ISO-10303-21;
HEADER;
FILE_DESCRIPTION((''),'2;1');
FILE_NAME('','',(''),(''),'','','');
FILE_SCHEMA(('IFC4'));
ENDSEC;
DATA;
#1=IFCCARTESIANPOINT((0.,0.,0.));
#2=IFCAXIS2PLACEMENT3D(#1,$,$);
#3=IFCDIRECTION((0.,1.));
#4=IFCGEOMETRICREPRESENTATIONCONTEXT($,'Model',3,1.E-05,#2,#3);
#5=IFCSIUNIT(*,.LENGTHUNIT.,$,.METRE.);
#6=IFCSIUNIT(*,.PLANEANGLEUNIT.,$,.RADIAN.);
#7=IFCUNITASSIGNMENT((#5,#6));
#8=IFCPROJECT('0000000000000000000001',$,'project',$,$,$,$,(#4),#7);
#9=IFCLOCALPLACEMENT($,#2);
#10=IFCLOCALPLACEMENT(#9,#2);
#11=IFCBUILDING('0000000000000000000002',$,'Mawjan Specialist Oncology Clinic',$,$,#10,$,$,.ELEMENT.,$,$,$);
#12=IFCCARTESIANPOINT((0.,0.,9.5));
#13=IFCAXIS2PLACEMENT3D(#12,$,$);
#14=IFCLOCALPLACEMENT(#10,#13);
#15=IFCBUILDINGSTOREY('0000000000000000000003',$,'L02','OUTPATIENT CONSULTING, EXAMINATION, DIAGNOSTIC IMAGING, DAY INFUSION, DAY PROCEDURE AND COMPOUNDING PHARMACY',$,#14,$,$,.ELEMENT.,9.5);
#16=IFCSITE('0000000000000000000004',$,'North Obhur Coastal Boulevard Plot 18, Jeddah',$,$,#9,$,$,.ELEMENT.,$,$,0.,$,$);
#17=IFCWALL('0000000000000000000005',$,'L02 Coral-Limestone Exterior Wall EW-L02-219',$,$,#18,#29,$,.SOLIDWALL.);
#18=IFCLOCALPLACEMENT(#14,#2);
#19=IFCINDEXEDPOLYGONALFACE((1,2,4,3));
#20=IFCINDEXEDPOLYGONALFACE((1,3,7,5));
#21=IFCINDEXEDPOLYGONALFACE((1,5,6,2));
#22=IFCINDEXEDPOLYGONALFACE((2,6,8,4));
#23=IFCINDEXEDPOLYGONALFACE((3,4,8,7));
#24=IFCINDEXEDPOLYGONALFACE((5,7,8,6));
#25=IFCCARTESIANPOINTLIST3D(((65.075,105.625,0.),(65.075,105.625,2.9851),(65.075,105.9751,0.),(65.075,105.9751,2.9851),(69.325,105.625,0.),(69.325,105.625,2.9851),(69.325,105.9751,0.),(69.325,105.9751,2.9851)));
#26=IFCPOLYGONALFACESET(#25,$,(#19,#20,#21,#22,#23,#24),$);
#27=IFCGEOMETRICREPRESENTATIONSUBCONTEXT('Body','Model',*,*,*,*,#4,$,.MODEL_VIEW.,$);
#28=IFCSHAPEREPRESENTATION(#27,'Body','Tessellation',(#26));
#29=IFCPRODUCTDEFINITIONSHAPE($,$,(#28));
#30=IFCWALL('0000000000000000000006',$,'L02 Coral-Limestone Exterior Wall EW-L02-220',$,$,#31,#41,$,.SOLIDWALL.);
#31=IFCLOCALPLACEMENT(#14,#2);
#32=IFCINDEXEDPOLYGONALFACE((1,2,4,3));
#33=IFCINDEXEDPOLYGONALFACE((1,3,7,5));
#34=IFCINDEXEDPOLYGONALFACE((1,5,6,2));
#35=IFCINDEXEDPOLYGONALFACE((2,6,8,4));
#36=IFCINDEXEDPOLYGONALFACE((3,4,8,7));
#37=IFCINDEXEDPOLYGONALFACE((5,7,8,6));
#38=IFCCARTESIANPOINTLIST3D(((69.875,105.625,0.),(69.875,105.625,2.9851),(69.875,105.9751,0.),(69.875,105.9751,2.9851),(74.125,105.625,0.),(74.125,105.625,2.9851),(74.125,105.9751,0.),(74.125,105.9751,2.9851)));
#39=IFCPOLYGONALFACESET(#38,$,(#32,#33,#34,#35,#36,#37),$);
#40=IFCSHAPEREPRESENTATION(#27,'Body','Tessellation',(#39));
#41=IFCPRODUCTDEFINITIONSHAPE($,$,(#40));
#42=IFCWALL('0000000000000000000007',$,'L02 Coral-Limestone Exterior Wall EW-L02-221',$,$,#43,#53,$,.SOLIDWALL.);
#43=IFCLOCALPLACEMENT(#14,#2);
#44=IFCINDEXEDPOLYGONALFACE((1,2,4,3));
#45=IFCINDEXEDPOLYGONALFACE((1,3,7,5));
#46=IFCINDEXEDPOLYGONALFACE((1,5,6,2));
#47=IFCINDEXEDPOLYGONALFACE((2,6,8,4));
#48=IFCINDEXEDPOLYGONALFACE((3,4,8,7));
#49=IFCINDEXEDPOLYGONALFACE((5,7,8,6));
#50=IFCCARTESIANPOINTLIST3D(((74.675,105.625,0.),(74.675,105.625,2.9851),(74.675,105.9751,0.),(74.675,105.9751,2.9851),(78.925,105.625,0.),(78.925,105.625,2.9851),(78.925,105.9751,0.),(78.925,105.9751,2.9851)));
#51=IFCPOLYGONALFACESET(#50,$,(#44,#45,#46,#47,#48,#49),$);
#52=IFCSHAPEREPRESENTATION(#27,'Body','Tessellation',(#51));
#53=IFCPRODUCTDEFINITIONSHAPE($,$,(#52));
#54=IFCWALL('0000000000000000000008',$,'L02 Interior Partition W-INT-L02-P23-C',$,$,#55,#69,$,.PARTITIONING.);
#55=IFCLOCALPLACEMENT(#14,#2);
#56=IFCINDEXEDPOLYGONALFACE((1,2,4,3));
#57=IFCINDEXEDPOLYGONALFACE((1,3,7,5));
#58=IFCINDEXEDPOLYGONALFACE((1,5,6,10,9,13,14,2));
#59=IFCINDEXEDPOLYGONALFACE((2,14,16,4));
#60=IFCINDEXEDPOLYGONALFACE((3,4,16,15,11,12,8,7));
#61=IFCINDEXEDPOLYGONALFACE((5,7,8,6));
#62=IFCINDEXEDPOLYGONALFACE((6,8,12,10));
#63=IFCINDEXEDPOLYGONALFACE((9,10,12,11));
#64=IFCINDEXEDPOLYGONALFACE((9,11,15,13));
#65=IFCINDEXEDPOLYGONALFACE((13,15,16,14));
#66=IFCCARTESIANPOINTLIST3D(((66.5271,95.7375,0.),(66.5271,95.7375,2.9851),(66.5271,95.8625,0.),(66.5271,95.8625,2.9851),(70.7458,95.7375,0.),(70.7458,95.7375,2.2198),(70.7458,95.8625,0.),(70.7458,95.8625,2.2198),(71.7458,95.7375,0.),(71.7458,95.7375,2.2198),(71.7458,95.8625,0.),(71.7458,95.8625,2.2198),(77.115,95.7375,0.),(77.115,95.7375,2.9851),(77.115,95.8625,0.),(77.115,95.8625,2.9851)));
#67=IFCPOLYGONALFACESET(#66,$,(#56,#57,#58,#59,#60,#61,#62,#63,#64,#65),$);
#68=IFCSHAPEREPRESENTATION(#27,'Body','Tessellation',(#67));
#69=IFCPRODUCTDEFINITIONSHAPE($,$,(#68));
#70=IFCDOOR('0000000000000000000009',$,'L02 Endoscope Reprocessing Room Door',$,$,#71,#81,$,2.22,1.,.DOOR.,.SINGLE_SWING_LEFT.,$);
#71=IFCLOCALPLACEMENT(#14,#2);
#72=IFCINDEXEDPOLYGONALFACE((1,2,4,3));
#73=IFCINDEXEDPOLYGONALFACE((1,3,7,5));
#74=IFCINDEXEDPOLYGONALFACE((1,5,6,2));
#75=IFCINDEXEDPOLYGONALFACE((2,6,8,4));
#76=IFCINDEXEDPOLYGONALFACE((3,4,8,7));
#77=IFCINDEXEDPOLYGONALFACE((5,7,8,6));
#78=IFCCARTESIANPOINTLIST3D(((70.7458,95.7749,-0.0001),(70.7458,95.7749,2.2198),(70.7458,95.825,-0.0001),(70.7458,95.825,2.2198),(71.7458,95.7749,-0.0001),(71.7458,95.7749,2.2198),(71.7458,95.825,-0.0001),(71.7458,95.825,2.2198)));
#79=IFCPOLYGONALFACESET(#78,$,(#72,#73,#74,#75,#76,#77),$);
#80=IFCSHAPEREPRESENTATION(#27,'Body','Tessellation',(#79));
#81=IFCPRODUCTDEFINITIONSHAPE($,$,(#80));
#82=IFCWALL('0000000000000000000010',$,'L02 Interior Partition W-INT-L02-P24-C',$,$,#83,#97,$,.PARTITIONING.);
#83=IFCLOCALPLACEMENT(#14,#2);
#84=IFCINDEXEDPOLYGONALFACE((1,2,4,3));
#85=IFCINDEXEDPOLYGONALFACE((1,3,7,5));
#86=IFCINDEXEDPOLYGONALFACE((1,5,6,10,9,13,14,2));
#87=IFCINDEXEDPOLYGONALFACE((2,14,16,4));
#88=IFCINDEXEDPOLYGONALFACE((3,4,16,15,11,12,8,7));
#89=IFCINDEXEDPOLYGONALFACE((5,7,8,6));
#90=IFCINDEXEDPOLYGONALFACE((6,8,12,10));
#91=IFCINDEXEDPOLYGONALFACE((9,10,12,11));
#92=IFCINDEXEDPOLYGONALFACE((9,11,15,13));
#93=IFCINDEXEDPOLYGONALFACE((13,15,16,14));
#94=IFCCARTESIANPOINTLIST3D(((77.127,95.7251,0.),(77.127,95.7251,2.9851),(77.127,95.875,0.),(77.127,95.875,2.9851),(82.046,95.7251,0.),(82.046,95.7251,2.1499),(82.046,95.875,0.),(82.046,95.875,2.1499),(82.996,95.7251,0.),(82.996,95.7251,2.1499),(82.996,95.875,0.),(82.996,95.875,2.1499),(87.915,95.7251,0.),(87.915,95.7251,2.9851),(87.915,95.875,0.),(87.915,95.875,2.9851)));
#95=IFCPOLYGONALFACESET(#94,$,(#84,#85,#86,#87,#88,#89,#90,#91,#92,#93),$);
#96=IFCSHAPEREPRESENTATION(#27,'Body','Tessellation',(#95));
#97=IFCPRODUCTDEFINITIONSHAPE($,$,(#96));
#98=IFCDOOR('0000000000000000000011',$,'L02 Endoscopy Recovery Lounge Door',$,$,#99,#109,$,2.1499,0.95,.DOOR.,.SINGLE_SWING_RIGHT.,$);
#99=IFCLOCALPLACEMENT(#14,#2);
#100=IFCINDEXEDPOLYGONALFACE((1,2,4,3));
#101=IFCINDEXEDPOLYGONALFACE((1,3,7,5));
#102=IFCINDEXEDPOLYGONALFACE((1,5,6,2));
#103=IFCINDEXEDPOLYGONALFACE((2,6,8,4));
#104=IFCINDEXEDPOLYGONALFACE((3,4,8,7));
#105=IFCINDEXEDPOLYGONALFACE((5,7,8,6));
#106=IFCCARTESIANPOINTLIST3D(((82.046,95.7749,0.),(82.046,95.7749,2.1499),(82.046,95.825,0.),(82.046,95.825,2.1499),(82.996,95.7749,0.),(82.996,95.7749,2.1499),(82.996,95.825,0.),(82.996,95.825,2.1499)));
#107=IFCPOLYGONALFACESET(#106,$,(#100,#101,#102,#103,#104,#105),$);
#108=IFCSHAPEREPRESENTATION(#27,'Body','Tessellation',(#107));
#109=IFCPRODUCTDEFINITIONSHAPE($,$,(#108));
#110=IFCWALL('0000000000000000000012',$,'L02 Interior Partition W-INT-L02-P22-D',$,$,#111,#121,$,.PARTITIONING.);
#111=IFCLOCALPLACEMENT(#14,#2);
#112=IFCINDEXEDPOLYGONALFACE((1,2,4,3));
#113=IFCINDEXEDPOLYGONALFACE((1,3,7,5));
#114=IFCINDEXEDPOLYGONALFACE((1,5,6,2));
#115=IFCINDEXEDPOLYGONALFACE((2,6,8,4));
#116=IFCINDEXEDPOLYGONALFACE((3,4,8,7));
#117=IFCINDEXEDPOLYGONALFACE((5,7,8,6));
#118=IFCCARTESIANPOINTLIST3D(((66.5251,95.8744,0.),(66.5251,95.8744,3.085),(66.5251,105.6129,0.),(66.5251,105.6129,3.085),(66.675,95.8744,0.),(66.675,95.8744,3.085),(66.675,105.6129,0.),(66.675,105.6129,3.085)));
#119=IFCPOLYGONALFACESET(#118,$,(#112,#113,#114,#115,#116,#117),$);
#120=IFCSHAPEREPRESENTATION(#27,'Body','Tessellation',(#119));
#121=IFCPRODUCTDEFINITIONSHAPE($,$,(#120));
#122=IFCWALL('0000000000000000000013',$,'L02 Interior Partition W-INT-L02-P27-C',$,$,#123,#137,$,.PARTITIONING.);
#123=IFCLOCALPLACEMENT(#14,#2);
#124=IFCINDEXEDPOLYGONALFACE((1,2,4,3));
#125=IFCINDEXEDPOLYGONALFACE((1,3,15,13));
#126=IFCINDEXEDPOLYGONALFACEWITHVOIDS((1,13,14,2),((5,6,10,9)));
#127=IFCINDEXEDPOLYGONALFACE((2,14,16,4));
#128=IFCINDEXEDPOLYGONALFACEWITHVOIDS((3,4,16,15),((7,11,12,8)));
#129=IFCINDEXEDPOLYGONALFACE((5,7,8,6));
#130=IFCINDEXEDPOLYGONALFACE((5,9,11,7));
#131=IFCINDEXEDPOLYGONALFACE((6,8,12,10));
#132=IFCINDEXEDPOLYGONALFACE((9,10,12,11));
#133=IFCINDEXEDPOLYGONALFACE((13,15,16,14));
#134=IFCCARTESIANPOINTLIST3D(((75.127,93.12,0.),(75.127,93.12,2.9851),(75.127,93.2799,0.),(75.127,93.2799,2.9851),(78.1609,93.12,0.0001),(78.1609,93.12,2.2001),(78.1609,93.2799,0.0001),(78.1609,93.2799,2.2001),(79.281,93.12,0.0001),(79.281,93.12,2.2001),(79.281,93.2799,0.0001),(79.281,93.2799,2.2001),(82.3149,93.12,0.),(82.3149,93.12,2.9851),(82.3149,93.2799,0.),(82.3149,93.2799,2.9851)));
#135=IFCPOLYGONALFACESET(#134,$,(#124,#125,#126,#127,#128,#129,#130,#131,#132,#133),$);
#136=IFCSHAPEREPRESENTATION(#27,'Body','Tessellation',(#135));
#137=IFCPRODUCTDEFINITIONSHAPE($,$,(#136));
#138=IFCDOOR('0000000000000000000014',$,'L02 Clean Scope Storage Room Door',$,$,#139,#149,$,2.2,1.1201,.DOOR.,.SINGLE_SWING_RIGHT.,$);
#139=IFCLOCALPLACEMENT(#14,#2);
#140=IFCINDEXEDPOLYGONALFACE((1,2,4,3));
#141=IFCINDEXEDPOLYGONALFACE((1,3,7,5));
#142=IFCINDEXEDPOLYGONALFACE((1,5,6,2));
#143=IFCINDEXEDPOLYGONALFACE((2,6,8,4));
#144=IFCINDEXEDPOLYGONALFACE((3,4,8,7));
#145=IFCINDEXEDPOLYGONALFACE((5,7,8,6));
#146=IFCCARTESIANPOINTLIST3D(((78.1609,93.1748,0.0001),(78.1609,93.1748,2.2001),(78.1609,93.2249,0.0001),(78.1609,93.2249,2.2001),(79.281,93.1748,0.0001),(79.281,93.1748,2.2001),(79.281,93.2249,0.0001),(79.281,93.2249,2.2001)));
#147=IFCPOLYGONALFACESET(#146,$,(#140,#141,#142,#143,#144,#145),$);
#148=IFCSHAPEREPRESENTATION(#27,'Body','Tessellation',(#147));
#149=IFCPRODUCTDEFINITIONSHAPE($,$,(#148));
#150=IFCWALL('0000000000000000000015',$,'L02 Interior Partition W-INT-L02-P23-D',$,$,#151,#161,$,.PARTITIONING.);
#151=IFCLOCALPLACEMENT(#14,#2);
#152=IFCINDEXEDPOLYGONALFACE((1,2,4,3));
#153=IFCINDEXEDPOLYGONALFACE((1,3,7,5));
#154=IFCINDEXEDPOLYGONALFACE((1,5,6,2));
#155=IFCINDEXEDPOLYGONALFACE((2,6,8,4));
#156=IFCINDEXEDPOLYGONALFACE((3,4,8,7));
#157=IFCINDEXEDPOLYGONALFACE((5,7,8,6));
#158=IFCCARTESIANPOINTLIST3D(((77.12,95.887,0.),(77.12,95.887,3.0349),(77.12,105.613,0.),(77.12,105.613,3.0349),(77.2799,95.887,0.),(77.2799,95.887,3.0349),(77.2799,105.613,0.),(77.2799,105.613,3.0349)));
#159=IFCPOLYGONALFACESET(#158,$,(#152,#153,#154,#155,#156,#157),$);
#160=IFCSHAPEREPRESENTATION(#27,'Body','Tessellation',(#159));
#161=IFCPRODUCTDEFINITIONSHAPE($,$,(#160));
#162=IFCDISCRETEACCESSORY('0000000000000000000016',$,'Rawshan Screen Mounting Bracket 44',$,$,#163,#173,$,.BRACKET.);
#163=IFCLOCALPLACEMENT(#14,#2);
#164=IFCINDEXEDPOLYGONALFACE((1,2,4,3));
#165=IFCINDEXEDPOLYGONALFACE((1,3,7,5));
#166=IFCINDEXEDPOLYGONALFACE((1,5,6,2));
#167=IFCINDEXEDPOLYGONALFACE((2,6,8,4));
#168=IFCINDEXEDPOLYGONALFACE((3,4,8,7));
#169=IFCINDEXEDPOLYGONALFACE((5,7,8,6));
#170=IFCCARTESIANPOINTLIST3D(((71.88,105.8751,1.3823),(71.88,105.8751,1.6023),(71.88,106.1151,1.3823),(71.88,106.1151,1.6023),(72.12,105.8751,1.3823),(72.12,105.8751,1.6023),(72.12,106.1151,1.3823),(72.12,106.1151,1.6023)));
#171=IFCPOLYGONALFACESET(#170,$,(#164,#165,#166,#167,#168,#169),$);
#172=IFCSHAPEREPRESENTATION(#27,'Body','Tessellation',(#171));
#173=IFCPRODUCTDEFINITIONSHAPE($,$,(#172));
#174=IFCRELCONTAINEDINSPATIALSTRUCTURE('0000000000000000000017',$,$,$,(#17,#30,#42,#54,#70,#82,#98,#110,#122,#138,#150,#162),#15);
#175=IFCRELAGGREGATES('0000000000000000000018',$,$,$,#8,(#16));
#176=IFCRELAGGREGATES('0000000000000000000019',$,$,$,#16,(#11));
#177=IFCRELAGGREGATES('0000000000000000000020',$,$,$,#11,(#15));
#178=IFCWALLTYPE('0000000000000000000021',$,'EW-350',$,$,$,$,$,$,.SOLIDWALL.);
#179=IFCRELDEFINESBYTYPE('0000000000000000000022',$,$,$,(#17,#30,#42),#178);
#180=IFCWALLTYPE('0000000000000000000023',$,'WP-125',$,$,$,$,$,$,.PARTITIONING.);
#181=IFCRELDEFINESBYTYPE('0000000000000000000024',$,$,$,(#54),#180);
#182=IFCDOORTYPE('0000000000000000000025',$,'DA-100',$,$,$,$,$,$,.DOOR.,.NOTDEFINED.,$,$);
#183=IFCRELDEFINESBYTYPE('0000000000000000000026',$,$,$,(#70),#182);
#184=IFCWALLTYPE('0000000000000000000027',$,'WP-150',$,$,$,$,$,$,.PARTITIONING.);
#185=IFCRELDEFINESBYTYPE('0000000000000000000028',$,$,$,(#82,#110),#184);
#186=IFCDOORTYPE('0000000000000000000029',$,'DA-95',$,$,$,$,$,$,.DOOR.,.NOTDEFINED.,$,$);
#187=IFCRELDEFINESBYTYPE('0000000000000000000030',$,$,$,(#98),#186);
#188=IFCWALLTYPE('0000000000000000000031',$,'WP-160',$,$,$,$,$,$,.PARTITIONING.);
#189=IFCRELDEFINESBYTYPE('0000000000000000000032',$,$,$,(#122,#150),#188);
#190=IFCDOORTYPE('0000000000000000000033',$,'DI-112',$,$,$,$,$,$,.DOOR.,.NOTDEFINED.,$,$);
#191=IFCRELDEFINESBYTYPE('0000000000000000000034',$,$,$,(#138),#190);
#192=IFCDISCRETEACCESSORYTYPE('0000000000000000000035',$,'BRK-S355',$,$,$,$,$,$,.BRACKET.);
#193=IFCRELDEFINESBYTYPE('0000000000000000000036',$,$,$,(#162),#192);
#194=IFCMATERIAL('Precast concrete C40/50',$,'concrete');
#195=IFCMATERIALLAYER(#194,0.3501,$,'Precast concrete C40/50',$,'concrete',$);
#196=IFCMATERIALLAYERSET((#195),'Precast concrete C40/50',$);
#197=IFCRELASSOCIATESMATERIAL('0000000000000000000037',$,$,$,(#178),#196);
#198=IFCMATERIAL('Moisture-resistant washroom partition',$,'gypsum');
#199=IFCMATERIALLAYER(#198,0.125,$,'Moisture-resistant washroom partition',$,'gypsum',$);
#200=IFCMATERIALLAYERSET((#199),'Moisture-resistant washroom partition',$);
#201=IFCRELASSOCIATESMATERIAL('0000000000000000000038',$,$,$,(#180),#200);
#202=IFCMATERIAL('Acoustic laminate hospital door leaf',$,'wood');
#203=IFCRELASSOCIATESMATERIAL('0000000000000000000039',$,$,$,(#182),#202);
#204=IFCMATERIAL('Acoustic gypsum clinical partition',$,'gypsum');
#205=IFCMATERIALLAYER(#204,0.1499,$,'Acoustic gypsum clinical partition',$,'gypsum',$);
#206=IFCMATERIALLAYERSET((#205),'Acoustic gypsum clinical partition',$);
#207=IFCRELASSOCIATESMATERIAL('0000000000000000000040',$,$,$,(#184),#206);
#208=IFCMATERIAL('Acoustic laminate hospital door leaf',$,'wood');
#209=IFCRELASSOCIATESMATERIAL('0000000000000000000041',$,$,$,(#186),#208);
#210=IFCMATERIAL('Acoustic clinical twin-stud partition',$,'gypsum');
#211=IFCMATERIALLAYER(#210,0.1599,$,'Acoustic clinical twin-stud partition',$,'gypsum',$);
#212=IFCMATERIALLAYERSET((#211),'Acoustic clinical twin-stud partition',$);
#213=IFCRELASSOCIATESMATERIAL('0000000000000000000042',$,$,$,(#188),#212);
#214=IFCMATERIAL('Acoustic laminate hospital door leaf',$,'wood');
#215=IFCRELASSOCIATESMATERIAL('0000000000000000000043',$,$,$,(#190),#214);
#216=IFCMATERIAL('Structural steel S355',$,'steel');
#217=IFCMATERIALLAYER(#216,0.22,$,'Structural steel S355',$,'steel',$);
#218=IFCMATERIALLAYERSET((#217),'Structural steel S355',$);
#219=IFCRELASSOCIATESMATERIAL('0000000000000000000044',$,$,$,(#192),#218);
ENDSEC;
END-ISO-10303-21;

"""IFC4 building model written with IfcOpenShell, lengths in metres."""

from ifc_helpers import new_model, si_unit, direction, frame, frame_2d, origin, origin_2d, place, context, subcontext, project, spatial, rectangle, extrude, material, layer, layer_set, type_object, element, fill, save


model = new_model("IFC4")

# Units and contexts
model_context = context("Model", 3, precision=1e-05, world=origin(), true_north=direction((0.0, 1.0)))
body_context = subcontext(model_context, "Body", "Model", "MODEL_VIEW")
ifc_project = project(units=[si_unit("LENGTHUNIT", "METRE"), si_unit("PLANEANGLEUNIT", "RADIAN")], contexts=[model_context])

# Site, building, storey
site_placement = place(None, origin())
site = spatial("IfcSite", under=ifc_project, at=site_placement, Name="North Obhur Coastal Boulevard Plot 18, Jeddah", CompositionType="ELEMENT", RefElevation=0.0)
building_placement = place(site_placement, origin())
building = spatial("IfcBuilding", under=site, at=building_placement, Name="Mawjan Specialist Oncology Clinic", CompositionType="ELEMENT")
storey_placement = place(building_placement, frame((0.0, 0.0, 9.5)))
storey = spatial("IfcBuildingStorey", under=building, at=storey_placement, Name="L02", Description="OUTPATIENT CONSULTING, EXAMINATION, DIAGNOSTIC IMAGING, DAY INFUSION, DAY PROCEDURE AND COMPOUNDING PHARMACY", CompositionType="ELEMENT", Elevation=9.5)

# Walls
ifc_material_1 = material(Name="Precast concrete C40/50", Category="concrete")
ifc_layer_1 = layer(ifc_material_1, 0.3501, Name="Precast concrete C40/50", Category="concrete")
ifc_layer_set_1 = layer_set([ifc_layer_1], Name="Precast concrete C40/50")
wall_type_1 = type_object("IfcWallType", Name="EW-350", PredefinedType="SOLIDWALL", material=ifc_layer_set_1)
for number, where, z_axis, x_axis, name in (
    (1, (65.075, 105.8, 0.0), (0.0, 0.0, 1.0), (1.0, 0.0, 0.0), "L02 Coral-Limestone Exterior Wall EW-L02-219"),
    (2, (69.875, 105.8, 0.0), (0.0, 0.0, 1.0), (1.0, 0.0, 0.0), "L02 Coral-Limestone Exterior Wall EW-L02-220"),
    (3, (74.675, 105.8, 0.0), (0.0, 0.0, 1.0), (1.0, 0.0, 0.0), "L02 Coral-Limestone Exterior Wall EW-L02-221"),
):
    element("IfcWall", number, at=place(storey_placement, frame(where, z_axis=z_axis, x_axis=x_axis)), inside=storey, type_object=wall_type_1, Name=name, PredefinedType="SOLIDWALL", context=body_context, shape_type="SweptSolid", body=[
        extrude(rectangle(XDim=4.25, YDim=0.3501, at=frame_2d((2.125, 0.0))), origin(), (0.0, 0.0, 1.0), 2.9851),
    ])

# Walls, openings, doors
ifc_material_2 = material(Name="Moisture-resistant washroom partition", Category="gypsum")
ifc_layer_2 = layer(ifc_material_2, 0.125, Name="Moisture-resistant washroom partition", Category="gypsum")
ifc_layer_set_2 = layer_set([ifc_layer_2], Name="Moisture-resistant washroom partition")
wall_type_2 = type_object("IfcWallType", Name="WP-125", PredefinedType="PARTITIONING", material=ifc_layer_set_2)
wall_1_placement = place(storey_placement, frame((66.5271, 95.8, 0.0), z_axis=(0.0, 0.0, 1.0), x_axis=(1.0, 0.0, 0.0)))
wall_1 = element("IfcWall", 4, at=wall_1_placement, inside=storey, type_object=wall_type_2, Name="L02 Interior Partition W-INT-L02-P23-C", PredefinedType="PARTITIONING", context=body_context, shape_type="SweptSolid", body=[
    extrude(rectangle(XDim=10.5879, YDim=0.125, at=frame_2d((5.2939, 0.0))), origin(), (0.0, 0.0, 1.0), 2.9851),
])
opening_1_placement = place(wall_1_placement, frame((4.2188, 0.0, 0.0)))
opening_1 = element("IfcOpeningElement", 5, at=opening_1_placement, cuts=wall_1, PredefinedType="OPENING", context=body_context, shape_type="SweptSolid", body=[
    extrude(rectangle(XDim=1.0, YDim=2.22, at=frame_2d((0.5, 1.1099))), frame((0.0, 0.0745, 0.0), z_axis=(0.0, -1.0, 0.0), x_axis=(1.0, 0.0, 0.0)), (0.0, 0.0, 1.0), 0.1489),
])
ifc_material_3 = material(Name="Acoustic laminate hospital door leaf", Category="wood")
door_type_1 = type_object("IfcDoorType", Name="DA-100", OperationType="NOTDEFINED", PredefinedType="DOOR", material=ifc_material_3)
door_1_placement = place(opening_1_placement, origin())
door_1 = element("IfcDoor", 6, at=door_1_placement, inside=storey, type_object=door_type_1, Name="L02 Endoscope Reprocessing Room Door", OperationType="SINGLE_SWING_LEFT", OverallHeight=2.22, OverallWidth=1.0, PredefinedType="DOOR", context=body_context, shape_type="SweptSolid", body=[
    extrude(rectangle(XDim=1.0, YDim=2.22, at=frame_2d((0.5, 1.1099))), frame((0.0, 0.0249, 0.0), z_axis=(0.0, -1.0, 0.0), x_axis=(1.0, 0.0, 0.0)), (0.0, 0.0, 1.0), 0.05),
])
fill(opening_1, door_1)
ifc_material_4 = material(Name="Acoustic gypsum clinical partition", Category="gypsum")
ifc_layer_3 = layer(ifc_material_4, 0.1499, Name="Acoustic gypsum clinical partition", Category="gypsum")
ifc_layer_set_3 = layer_set([ifc_layer_3], Name="Acoustic gypsum clinical partition")
wall_type_3 = type_object("IfcWallType", Name="WP-150", PredefinedType="PARTITIONING", material=ifc_layer_set_3)
wall_2_placement = place(storey_placement, frame((77.127, 95.8, 0.0), z_axis=(0.0, 0.0, 1.0), x_axis=(1.0, 0.0, 0.0)))
wall_2 = element("IfcWall", 7, at=wall_2_placement, inside=storey, type_object=wall_type_3, Name="L02 Interior Partition W-INT-L02-P24-C", PredefinedType="PARTITIONING", context=body_context, shape_type="SweptSolid", body=[
    extrude(rectangle(XDim=10.7881, YDim=0.1499, at=frame_2d((5.394, 0.0))), origin(), (0.0, 0.0, 1.0), 2.9851),
])
opening_2_placement = place(wall_2_placement, frame((4.9189, 0.0, 0.0)))
opening_2 = element("IfcOpeningElement", 8, at=opening_2_placement, cuts=wall_2, PredefinedType="OPENING", context=body_context, shape_type="SweptSolid", body=[
    extrude(rectangle(XDim=0.95, YDim=2.1499, at=frame_2d((0.4751, 1.075))), frame((0.0, 0.0869, 0.0), z_axis=(0.0, -1.0, 0.0), x_axis=(1.0, 0.0, 0.0)), (0.0, 0.0, 1.0), 0.1738),
])
ifc_material_5 = material(Name="Acoustic laminate hospital door leaf", Category="wood")
door_type_2 = type_object("IfcDoorType", Name="DA-95", OperationType="NOTDEFINED", PredefinedType="DOOR", material=ifc_material_5)
door_2_placement = place(opening_2_placement, origin())
door_2 = element("IfcDoor", 9, at=door_2_placement, inside=storey, type_object=door_type_2, Name="L02 Endoscopy Recovery Lounge Door", OperationType="SINGLE_SWING_RIGHT", OverallHeight=2.1499, OverallWidth=0.95, PredefinedType="DOOR", context=body_context, shape_type="SweptSolid", body=[
    extrude(rectangle(XDim=0.95, YDim=2.1499, at=frame_2d((0.4751, 1.075))), frame((0.0, 0.0249, 0.0), z_axis=(0.0, -1.0, 0.0), x_axis=(1.0, 0.0, 0.0)), (0.0, 0.0, 1.0), 0.05),
])
fill(opening_2, door_2)

# Wall
wall_3_placement = place(storey_placement, frame((66.6001, 95.8745, 0.0), z_axis=(0.0, 0.0, 1.0), x_axis=(0.0, 1.0, 0.0)))
element("IfcWall", 10, at=wall_3_placement, inside=storey, type_object=wall_type_3, Name="L02 Interior Partition W-INT-L02-P22-D", PredefinedType="PARTITIONING", context=body_context, shape_type="SweptSolid", body=[
    extrude(rectangle(XDim=9.7385, YDim=0.1499, at=frame_2d((4.8691, 0.0))), origin(), (0.0, 0.0, 1.0), 3.085),
])

# Wall, opening, door
ifc_material_6 = material(Name="Acoustic clinical twin-stud partition", Category="gypsum")
ifc_layer_4 = layer(ifc_material_6, 0.1599, Name="Acoustic clinical twin-stud partition", Category="gypsum")
ifc_layer_set_4 = layer_set([ifc_layer_4], Name="Acoustic clinical twin-stud partition")
wall_type_4 = type_object("IfcWallType", Name="WP-160", PredefinedType="PARTITIONING", material=ifc_layer_set_4)
wall_4_placement = place(storey_placement, frame((75.127, 93.2, 0.0), z_axis=(0.0, 0.0, 1.0), x_axis=(1.0, 0.0, 0.0)))
wall_4 = element("IfcWall", 11, at=wall_4_placement, inside=storey, type_object=wall_type_4, Name="L02 Interior Partition W-INT-L02-P27-C", PredefinedType="PARTITIONING", context=body_context, shape_type="SweptSolid", body=[
    extrude(rectangle(XDim=7.188, YDim=0.1599, at=frame_2d((3.594, 0.0))), origin(), (0.0, 0.0, 1.0), 2.9851),
])
opening_3_placement = place(wall_4_placement, frame((3.0339, 0.0, 0.0)))
opening_3 = element("IfcOpeningElement", 12, at=opening_3_placement, cuts=wall_4, PredefinedType="OPENING", context=body_context, shape_type="SweptSolid", body=[
    extrude(rectangle(XDim=1.1201, YDim=2.2, at=frame_2d((0.5601, 1.1001))), frame((0.0, 0.092, 0.0), z_axis=(0.0, -1.0, 0.0), x_axis=(1.0, 0.0, 0.0)), (0.0, 0.0, 1.0), 0.1838),
])
ifc_material_7 = material(Name="Acoustic laminate hospital door leaf", Category="wood")
door_type_3 = type_object("IfcDoorType", Name="DI-112", OperationType="NOTDEFINED", PredefinedType="DOOR", material=ifc_material_7)
door_3_placement = place(opening_3_placement, origin())
door_3 = element("IfcDoor", 13, at=door_3_placement, inside=storey, type_object=door_type_3, Name="L02 Clean Scope Storage Room Door", OperationType="SINGLE_SWING_RIGHT", OverallHeight=2.2, OverallWidth=1.1201, PredefinedType="DOOR", context=body_context, shape_type="SweptSolid", body=[
    extrude(rectangle(XDim=1.1201, YDim=2.2, at=frame_2d((0.5601, 1.1001))), frame((0.0, 0.0249, 0.0), z_axis=(0.0, -1.0, 0.0), x_axis=(1.0, 0.0, 0.0)), (0.0, 0.0, 1.0), 0.05),
])
fill(opening_3, door_3)

# Wall
wall_5_placement = place(storey_placement, frame((77.2, 95.887, 0.0), z_axis=(0.0, 0.0, 1.0), x_axis=(0.0, 1.0, 0.0)))
element("IfcWall", 14, at=wall_5_placement, inside=storey, type_object=wall_type_4, Name="L02 Interior Partition W-INT-L02-P23-D", PredefinedType="PARTITIONING", context=body_context, shape_type="SweptSolid", body=[
    extrude(rectangle(XDim=9.7261, YDim=0.1599, at=frame_2d((4.863, 0.0))), origin(), (0.0, 0.0, 1.0), 3.0349),
])

# Discrete accessory
ifc_material_8 = material(Name="Structural steel S355", Category="steel")
ifc_layer_5 = layer(ifc_material_8, 0.22, Name="Structural steel S355", Category="steel")
ifc_layer_set_5 = layer_set([ifc_layer_5], Name="Structural steel S355")
discrete_accessory_type = type_object("IfcDiscreteAccessoryType", Name="BRK-S355", PredefinedType="BRACKET", material=ifc_layer_set_5)
discrete_accessory_placement = place(storey_placement, frame((72.0, 105.9951, 1.3823), z_axis=(0.0, 0.0, 1.0), x_axis=(1.0, 0.0, 0.0)))
element("IfcDiscreteAccessory", 15, at=discrete_accessory_placement, inside=storey, type_object=discrete_accessory_type, Name="Rawshan Screen Mounting Bracket 44", PredefinedType="BRACKET", context=body_context, shape_type="SweptSolid", body=[
    extrude(rectangle(XDim=0.24, YDim=0.24, at=origin_2d()), origin(), (0.0, 0.0, 1.0), 0.22),
])

save(model, "model.ifc")
